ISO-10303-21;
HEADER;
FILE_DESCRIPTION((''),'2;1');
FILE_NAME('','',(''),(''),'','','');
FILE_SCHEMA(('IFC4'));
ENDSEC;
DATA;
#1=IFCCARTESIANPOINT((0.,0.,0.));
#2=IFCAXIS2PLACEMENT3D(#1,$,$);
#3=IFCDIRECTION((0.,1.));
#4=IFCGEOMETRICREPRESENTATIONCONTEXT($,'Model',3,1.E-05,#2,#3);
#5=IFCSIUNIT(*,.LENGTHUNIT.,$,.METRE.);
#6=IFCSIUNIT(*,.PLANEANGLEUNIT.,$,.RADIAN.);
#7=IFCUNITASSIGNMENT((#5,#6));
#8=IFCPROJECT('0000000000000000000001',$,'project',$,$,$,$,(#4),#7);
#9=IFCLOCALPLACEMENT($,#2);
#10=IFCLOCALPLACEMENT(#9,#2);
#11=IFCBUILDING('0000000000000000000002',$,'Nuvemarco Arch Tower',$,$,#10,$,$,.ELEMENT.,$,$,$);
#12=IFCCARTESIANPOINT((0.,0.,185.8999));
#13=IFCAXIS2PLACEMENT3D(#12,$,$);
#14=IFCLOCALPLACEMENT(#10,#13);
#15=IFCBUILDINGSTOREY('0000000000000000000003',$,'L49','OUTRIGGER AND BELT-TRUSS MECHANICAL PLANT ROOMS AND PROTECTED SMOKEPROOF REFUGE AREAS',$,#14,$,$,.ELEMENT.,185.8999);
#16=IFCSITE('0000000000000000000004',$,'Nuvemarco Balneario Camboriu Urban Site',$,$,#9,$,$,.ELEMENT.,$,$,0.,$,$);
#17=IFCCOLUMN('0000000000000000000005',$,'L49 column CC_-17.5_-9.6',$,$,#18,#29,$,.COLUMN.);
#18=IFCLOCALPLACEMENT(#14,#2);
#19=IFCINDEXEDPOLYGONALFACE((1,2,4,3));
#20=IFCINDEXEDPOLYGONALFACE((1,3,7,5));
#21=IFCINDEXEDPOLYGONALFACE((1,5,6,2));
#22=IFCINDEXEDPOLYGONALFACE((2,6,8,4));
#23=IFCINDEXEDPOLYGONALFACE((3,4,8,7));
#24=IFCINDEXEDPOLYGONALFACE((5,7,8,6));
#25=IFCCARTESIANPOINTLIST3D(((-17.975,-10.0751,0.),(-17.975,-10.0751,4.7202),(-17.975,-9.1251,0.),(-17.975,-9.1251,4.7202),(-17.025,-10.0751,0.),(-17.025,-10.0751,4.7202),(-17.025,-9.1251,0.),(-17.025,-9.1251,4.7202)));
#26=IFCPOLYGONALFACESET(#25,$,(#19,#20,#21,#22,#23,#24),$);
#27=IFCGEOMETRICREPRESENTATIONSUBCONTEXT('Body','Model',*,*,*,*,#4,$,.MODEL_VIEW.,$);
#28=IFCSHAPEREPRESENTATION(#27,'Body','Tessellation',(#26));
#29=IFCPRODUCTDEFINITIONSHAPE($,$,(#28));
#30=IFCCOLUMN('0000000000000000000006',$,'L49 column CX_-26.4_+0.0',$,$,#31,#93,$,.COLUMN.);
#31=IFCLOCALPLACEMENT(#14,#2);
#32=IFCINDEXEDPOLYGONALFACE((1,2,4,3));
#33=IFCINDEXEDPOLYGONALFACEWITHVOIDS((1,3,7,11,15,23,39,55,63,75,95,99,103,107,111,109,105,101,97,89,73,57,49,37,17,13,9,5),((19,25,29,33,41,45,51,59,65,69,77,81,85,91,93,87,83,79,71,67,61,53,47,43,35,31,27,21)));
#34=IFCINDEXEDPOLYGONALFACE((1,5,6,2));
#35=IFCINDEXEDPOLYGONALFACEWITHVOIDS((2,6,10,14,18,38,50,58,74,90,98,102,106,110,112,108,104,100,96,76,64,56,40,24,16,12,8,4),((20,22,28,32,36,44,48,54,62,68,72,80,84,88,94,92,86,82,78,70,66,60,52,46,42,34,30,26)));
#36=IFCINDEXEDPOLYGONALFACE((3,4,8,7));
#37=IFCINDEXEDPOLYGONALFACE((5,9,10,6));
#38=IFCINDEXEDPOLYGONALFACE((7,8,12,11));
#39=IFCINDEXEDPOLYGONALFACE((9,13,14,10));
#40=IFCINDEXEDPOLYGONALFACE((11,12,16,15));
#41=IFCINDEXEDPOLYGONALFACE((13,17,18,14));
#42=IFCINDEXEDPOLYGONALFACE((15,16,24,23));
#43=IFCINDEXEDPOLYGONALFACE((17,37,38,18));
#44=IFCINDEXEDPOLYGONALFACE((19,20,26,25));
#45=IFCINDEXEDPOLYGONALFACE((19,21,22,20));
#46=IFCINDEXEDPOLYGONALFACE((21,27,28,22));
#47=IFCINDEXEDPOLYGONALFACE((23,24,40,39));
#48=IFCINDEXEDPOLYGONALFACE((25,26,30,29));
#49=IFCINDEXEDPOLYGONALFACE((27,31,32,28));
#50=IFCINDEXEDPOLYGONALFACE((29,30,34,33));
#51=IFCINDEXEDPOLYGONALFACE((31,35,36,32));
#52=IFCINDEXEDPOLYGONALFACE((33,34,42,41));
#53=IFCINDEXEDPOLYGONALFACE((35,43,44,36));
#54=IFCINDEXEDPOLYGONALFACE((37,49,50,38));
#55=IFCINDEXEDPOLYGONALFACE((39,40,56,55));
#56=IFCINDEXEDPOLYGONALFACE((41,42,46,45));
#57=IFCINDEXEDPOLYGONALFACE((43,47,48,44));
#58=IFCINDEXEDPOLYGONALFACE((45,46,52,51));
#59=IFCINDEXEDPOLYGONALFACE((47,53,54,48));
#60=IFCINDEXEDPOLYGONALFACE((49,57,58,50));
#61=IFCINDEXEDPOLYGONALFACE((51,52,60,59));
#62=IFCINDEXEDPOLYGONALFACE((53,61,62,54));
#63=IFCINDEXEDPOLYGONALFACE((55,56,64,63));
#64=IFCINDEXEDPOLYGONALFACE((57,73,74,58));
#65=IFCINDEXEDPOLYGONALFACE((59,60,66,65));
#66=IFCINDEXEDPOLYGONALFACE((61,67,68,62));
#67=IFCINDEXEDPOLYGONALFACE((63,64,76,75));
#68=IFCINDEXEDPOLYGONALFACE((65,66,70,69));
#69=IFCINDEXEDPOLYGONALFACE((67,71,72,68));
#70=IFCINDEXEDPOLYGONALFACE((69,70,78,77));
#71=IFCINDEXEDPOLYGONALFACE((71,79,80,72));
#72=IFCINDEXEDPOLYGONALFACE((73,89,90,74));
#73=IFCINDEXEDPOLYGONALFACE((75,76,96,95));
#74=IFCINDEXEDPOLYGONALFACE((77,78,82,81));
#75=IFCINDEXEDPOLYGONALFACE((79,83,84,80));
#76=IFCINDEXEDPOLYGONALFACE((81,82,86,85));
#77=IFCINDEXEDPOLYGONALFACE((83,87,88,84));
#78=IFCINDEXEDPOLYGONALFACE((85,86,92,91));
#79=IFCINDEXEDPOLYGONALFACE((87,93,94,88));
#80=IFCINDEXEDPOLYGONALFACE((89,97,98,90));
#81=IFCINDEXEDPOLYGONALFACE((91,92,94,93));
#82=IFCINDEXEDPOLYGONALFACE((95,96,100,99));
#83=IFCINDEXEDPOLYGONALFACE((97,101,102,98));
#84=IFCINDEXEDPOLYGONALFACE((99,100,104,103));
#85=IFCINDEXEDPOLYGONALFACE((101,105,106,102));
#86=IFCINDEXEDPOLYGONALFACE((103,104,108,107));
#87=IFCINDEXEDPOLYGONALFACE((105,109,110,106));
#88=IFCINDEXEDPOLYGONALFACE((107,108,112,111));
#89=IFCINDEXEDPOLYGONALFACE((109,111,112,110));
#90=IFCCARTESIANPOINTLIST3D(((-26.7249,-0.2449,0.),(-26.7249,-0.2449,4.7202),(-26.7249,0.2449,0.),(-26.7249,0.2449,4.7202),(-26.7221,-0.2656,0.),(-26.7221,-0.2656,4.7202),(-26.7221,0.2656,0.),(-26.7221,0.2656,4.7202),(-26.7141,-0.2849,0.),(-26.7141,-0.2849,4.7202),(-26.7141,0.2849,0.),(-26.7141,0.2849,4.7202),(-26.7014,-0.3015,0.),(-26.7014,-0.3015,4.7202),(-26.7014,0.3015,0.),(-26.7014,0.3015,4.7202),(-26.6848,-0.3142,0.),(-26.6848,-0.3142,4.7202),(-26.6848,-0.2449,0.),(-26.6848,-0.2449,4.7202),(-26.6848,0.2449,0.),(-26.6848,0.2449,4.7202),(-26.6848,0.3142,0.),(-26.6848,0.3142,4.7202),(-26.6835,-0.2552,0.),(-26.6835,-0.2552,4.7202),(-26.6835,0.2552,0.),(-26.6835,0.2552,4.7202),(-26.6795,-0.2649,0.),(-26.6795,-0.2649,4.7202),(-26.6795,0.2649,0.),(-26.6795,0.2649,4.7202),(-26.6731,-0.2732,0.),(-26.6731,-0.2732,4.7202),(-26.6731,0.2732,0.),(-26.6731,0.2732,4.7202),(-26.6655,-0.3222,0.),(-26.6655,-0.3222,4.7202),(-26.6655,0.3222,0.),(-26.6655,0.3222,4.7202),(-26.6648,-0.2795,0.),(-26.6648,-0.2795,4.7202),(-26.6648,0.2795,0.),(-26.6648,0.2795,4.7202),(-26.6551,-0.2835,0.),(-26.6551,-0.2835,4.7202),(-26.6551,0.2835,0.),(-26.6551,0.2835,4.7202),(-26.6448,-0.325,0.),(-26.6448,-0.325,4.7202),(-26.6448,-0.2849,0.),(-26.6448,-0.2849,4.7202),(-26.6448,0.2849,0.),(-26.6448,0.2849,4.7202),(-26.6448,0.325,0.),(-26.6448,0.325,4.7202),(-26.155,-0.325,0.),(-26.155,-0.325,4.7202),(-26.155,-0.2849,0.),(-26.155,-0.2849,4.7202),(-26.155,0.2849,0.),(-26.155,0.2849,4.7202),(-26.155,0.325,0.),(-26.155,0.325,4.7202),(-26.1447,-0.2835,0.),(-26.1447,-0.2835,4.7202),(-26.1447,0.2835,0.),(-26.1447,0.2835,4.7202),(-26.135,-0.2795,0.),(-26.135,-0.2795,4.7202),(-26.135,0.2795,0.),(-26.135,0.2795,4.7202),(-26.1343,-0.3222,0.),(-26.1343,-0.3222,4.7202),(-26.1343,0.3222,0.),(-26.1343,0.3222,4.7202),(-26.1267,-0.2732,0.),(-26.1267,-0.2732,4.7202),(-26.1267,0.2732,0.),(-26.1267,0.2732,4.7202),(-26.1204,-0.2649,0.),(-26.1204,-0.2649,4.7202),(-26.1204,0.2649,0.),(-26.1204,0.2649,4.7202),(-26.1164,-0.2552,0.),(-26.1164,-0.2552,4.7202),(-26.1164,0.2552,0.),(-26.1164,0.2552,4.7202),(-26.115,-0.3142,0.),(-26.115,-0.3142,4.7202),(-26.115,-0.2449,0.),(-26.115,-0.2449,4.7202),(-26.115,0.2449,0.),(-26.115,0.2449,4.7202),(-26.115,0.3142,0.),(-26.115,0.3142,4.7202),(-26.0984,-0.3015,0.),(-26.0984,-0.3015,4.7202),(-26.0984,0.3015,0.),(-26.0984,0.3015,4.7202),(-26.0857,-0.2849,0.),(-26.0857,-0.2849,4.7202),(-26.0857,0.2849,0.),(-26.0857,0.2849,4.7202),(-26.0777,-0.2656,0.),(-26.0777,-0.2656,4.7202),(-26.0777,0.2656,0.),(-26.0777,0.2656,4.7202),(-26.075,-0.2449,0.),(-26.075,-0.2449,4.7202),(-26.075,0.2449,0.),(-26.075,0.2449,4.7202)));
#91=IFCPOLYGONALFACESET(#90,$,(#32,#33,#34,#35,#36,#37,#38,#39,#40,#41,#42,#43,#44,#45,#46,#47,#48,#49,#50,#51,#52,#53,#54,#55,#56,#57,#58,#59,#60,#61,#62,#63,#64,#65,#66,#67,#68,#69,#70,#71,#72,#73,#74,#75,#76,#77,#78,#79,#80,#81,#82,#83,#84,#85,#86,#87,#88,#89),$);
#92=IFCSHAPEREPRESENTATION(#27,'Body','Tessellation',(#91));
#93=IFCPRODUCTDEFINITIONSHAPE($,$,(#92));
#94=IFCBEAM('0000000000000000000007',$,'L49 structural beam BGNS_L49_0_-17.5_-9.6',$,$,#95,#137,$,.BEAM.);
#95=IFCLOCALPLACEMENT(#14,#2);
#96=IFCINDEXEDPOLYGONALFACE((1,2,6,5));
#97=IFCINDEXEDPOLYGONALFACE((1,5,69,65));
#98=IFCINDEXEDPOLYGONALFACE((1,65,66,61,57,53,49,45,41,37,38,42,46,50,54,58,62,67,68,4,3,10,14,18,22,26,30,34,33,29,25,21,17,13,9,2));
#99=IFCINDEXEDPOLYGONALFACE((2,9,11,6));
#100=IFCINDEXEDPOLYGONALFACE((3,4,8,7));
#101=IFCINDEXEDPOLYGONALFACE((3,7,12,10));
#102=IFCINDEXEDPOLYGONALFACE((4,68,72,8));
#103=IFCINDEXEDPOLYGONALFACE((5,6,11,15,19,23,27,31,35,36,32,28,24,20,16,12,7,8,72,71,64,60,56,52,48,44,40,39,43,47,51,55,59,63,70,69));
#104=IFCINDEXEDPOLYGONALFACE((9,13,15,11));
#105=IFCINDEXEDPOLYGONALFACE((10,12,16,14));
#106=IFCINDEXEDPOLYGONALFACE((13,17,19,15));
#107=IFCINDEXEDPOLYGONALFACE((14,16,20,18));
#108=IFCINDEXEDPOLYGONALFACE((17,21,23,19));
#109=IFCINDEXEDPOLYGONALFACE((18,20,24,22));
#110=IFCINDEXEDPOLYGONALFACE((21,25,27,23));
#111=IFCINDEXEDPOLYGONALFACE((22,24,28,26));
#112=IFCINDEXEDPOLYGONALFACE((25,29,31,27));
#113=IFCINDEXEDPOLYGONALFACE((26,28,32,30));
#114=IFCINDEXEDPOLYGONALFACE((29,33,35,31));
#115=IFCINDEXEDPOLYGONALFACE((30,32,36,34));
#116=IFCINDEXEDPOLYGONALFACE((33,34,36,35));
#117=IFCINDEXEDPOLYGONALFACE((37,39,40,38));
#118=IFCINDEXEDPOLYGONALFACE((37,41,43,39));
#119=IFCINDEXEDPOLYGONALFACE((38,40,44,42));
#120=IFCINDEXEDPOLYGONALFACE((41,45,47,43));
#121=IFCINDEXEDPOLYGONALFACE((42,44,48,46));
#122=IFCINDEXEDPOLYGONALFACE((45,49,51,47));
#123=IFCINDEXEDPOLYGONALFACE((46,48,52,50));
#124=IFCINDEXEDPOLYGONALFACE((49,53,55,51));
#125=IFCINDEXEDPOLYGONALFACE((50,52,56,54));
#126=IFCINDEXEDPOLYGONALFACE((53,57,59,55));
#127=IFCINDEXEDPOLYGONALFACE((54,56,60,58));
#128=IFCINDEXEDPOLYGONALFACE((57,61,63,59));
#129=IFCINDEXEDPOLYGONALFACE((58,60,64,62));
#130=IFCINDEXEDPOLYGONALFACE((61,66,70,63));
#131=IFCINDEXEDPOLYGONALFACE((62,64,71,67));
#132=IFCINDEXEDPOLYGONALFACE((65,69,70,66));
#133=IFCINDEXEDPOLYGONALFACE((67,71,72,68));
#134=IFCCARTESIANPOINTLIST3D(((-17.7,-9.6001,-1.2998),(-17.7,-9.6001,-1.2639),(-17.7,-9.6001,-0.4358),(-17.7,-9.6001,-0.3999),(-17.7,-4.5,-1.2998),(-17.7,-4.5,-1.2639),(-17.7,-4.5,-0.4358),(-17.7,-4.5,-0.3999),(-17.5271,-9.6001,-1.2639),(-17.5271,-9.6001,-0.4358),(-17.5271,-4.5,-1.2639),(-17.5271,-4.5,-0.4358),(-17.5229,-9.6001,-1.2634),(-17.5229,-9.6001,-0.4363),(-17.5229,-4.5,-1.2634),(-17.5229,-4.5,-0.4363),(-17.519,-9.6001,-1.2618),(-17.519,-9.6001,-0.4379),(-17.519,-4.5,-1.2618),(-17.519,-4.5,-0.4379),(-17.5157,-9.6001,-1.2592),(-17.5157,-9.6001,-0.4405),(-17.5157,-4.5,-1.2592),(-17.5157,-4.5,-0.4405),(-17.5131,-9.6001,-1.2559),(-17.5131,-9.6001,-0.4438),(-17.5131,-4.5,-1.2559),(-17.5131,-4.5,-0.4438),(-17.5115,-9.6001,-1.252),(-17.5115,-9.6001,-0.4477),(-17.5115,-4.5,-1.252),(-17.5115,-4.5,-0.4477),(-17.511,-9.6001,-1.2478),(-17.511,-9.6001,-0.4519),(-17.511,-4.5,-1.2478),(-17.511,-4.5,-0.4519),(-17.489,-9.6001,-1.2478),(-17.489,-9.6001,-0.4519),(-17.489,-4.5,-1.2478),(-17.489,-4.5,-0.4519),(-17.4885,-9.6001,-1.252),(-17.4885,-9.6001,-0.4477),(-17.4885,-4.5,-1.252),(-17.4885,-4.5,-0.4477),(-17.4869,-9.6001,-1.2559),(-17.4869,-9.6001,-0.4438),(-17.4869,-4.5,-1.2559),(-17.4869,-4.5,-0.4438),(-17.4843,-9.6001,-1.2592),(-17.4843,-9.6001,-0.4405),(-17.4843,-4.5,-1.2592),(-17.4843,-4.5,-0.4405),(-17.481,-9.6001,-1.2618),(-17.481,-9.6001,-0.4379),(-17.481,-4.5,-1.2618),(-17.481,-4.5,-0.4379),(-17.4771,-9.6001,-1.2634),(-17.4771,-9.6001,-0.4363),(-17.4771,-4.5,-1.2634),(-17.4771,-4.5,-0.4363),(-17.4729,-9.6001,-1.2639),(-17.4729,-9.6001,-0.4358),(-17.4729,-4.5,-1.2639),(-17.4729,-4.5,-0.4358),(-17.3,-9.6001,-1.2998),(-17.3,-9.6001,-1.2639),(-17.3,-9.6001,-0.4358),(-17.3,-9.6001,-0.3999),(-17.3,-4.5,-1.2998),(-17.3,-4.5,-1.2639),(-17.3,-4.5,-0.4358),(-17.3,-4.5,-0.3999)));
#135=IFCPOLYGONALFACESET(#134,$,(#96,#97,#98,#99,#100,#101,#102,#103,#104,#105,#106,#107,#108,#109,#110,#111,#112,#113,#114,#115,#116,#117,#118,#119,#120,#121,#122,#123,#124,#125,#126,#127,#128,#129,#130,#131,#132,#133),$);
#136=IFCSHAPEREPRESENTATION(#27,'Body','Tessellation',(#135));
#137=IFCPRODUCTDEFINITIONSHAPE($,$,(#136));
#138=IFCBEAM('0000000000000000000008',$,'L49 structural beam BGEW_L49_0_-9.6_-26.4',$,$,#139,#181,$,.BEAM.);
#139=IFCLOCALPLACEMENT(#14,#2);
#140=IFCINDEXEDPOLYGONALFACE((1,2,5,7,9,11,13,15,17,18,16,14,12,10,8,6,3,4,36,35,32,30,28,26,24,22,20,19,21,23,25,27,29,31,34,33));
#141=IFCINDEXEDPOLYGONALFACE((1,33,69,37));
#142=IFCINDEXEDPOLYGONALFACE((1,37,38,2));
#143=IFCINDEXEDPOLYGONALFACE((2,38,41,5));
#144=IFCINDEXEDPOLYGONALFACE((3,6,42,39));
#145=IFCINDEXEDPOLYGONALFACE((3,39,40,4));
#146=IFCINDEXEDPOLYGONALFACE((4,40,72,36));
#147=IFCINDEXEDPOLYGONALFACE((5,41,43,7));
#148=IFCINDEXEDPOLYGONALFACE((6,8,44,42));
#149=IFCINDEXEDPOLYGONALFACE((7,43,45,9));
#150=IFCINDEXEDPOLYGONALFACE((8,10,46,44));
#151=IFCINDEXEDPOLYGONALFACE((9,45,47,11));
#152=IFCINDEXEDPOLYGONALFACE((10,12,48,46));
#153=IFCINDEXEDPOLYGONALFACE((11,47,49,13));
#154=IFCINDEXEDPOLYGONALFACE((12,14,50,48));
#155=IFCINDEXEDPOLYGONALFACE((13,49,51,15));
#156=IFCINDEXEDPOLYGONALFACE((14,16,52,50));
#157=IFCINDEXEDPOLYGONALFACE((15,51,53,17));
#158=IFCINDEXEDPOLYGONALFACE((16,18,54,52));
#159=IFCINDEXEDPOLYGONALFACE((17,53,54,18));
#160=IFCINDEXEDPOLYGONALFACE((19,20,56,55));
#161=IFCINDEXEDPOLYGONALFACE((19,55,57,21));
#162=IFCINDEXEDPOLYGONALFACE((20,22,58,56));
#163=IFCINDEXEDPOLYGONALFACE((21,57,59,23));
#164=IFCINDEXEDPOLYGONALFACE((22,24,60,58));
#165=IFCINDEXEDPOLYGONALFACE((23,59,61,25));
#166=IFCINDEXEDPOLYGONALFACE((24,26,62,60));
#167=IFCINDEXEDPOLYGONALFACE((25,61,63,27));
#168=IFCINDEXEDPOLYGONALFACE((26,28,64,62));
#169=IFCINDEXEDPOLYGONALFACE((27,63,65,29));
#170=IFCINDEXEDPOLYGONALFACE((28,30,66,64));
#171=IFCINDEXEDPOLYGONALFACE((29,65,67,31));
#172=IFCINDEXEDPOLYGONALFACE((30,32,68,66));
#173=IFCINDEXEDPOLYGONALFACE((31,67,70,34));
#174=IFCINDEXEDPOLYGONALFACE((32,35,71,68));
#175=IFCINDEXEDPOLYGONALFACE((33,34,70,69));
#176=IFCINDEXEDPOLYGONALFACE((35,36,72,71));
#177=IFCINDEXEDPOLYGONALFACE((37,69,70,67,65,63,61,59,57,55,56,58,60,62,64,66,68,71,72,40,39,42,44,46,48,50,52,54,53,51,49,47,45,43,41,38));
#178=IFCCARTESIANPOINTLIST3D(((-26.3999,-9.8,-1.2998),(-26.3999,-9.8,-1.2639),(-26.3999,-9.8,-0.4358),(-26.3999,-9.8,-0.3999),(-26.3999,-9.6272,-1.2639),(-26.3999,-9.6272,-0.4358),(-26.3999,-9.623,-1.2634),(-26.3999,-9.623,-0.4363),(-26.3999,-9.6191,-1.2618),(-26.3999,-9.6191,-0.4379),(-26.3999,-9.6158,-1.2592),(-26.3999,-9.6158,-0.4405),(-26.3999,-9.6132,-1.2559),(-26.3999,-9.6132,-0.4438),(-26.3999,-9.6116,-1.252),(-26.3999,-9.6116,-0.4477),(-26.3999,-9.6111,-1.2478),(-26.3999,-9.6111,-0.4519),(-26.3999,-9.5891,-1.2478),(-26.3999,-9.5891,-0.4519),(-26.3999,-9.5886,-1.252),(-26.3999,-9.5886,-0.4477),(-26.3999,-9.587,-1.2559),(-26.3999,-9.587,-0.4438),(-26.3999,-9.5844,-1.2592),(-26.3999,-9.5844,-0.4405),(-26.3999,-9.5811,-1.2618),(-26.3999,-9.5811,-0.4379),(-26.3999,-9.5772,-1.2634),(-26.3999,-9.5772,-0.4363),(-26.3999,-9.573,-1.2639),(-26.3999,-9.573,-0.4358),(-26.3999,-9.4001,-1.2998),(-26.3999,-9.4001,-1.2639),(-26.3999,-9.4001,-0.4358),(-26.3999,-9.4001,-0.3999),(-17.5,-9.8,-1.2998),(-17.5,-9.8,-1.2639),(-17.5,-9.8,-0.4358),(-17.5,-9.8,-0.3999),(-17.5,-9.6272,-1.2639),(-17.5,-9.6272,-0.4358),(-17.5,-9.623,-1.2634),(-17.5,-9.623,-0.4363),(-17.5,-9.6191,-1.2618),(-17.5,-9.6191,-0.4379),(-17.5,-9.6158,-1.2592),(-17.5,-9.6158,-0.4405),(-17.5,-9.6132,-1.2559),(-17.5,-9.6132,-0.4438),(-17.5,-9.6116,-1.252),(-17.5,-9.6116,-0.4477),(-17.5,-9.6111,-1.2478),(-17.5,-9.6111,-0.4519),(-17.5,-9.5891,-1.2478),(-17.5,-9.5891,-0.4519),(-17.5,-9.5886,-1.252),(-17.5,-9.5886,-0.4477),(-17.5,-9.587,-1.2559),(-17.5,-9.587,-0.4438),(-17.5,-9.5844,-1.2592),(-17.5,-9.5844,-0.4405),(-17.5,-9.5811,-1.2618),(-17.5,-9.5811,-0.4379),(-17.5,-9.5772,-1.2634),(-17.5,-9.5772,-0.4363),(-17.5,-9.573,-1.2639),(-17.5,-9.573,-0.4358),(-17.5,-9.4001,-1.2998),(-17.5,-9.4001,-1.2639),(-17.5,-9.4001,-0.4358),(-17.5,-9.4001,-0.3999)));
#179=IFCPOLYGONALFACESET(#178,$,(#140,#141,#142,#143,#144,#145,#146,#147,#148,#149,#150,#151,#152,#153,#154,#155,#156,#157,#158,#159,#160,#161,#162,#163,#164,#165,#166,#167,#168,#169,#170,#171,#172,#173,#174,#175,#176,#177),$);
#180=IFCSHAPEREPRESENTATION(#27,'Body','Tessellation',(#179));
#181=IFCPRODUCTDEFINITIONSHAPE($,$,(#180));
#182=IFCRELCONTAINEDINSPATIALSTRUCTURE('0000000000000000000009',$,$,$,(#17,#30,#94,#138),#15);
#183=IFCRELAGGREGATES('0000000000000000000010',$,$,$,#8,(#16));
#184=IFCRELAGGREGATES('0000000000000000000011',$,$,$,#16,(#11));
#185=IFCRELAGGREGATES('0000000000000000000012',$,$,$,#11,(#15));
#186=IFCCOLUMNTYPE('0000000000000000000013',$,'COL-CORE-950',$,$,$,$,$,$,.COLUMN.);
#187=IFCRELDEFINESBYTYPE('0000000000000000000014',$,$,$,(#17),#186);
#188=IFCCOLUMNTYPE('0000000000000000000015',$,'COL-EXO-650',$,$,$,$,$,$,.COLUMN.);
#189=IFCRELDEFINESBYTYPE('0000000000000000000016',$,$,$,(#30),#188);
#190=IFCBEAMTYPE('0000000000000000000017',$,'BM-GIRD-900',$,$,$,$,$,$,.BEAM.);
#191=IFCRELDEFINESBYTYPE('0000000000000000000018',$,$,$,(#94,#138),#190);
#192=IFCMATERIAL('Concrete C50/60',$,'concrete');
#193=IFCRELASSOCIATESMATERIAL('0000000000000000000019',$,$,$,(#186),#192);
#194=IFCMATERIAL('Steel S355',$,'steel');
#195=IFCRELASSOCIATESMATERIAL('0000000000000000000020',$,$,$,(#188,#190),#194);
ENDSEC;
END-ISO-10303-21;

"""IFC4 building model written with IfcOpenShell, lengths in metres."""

from ifc_helpers import new_model, si_unit, direction, frame, origin, origin_2d, place, context, subcontext, project, spatial, rectangle, hollow_rectangle, i_section, extrude, material, material_profile, profile_set, type_object, element, save


model = new_model("IFC4")

# Units and contexts
model_context = context("Model", 3, precision=1e-05, world=origin(), true_north=direction((0.0, 1.0)))
body_context = subcontext(model_context, "Body", "Model", "MODEL_VIEW")
ifc_project = project(units=[si_unit("LENGTHUNIT", "METRE"), si_unit("PLANEANGLEUNIT", "RADIAN")], contexts=[model_context])

# Site, building, storey
site_placement = place(None, origin())
site = spatial("IfcSite", under=ifc_project, at=site_placement, Name="Nuvemarco Balneario Camboriu Urban Site", CompositionType="ELEMENT", RefElevation=0.0)
building_placement = place(site_placement, origin())
building = spatial("IfcBuilding", under=site, at=building_placement, Name="Nuvemarco Arch Tower", CompositionType="ELEMENT")
storey_placement = place(building_placement, frame((0.0, 0.0, 185.8999)))
storey = spatial("IfcBuildingStorey", under=building, at=storey_placement, Name="L49", Description="OUTRIGGER AND BELT-TRUSS MECHANICAL PLANT ROOMS AND PROTECTED SMOKEPROOF REFUGE AREAS", CompositionType="ELEMENT", Elevation=185.8999)

# Columns
ifc_material_1 = material(Name="Concrete C50/60", Category="concrete")
ifc_material_profile_1 = material_profile(ifc_material_1, rectangle(XDim=0.95, YDim=0.95, at=origin_2d()), Name="RC-COL-950x950")
ifc_profile_set_1 = profile_set([ifc_material_profile_1], Name="Concrete C50/60")
column_type_1 = type_object("IfcColumnType", Name="COL-CORE-950", PredefinedType="COLUMN", material=ifc_profile_set_1)
column_1_placement = place(storey_placement, frame((-17.5, -9.6001, 0.0), z_axis=(0.0, 0.0, 1.0), x_axis=(1.0, 0.0, 0.0)))
element("IfcColumn", 1, at=column_1_placement, inside=storey, type_object=column_type_1, Name="L49 column CC_-17.5_-9.6", PredefinedType="COLUMN", context=body_context, shape_type="SweptSolid", body=[
    extrude(rectangle(XDim=0.95, YDim=0.95, at=origin_2d()), origin(), (0.0, 0.0, 1.0), 4.7202),
])
ifc_material_2 = material(Name="Steel S355", Category="steel")
ifc_material_profile_2 = material_profile(ifc_material_2, hollow_rectangle(XDim=0.6499, YDim=0.6499, WallThickness=0.04, InnerFilletRadius=0.04, OuterFilletRadius=0.0801, at=origin_2d()), Name="SHS650x650x40")
ifc_profile_set_2 = profile_set([ifc_material_profile_2], Name="Steel S355")
column_type_2 = type_object("IfcColumnType", Name="COL-EXO-650", PredefinedType="COLUMN", material=ifc_profile_set_2)
column_2_placement = place(storey_placement, frame((-26.3999, 0.0, 0.0), z_axis=(0.0, 0.0, 1.0), x_axis=(1.0, 0.0, 0.0)))
element("IfcColumn", 2, at=column_2_placement, inside=storey, type_object=column_type_2, Name="L49 column CX_-26.4_+0.0", PredefinedType="COLUMN", context=body_context, shape_type="SweptSolid", body=[
    extrude(hollow_rectangle(XDim=0.6499, YDim=0.6499, WallThickness=0.04, InnerFilletRadius=0.04, OuterFilletRadius=0.0801, at=origin_2d()), origin(), (0.0, 0.0, 1.0), 4.7202),
])

# Beams
ifc_material_profile_3 = material_profile(ifc_material_2, i_section(OverallWidth=0.3999, OverallDepth=0.8999, WebThickness=0.022, FlangeThickness=0.0359, FilletRadius=0.0161, at=origin_2d()), Name="PG900x400")
ifc_profile_set_3 = profile_set([ifc_material_profile_3], Name="Steel S355")
beam_type_1 = type_object("IfcBeamType", Name="BM-GIRD-900", PredefinedType="BEAM", material=ifc_profile_set_3)
beam_1_placement = place(storey_placement, frame((-17.5, -9.6001, -0.8499), z_axis=(0.0, 1.0, 0.0), x_axis=(-1.0, 0.0, 0.0)))
element("IfcBeam", 3, at=beam_1_placement, inside=storey, type_object=beam_type_1, Name="L49 structural beam BGNS_L49_0_-17.5_-9.6", PredefinedType="BEAM", context=body_context, shape_type="SweptSolid", body=[
    extrude(i_section(OverallWidth=0.3999, OverallDepth=0.8999, WebThickness=0.022, FlangeThickness=0.0359, FilletRadius=0.0161, at=origin_2d()), origin(), (0.0, 0.0, 1.0), 5.1001),
])
beam_2_placement = place(storey_placement, frame((-26.3999, -9.6001, -0.8499), z_axis=(1.0, 0.0, 0.0), x_axis=(0.0, 1.0, 0.0)))
element("IfcBeam", 4, at=beam_2_placement, inside=storey, type_object=beam_type_1, Name="L49 structural beam BGEW_L49_0_-9.6_-26.4", PredefinedType="BEAM", context=body_context, shape_type="SweptSolid", body=[
    extrude(i_section(OverallWidth=0.3999, OverallDepth=0.8999, WebThickness=0.022, FlangeThickness=0.0359, FilletRadius=0.0161, at=origin_2d()), origin(), (0.0, 0.0, 1.0), 8.8999),
])

save(model, "model.ifc")
